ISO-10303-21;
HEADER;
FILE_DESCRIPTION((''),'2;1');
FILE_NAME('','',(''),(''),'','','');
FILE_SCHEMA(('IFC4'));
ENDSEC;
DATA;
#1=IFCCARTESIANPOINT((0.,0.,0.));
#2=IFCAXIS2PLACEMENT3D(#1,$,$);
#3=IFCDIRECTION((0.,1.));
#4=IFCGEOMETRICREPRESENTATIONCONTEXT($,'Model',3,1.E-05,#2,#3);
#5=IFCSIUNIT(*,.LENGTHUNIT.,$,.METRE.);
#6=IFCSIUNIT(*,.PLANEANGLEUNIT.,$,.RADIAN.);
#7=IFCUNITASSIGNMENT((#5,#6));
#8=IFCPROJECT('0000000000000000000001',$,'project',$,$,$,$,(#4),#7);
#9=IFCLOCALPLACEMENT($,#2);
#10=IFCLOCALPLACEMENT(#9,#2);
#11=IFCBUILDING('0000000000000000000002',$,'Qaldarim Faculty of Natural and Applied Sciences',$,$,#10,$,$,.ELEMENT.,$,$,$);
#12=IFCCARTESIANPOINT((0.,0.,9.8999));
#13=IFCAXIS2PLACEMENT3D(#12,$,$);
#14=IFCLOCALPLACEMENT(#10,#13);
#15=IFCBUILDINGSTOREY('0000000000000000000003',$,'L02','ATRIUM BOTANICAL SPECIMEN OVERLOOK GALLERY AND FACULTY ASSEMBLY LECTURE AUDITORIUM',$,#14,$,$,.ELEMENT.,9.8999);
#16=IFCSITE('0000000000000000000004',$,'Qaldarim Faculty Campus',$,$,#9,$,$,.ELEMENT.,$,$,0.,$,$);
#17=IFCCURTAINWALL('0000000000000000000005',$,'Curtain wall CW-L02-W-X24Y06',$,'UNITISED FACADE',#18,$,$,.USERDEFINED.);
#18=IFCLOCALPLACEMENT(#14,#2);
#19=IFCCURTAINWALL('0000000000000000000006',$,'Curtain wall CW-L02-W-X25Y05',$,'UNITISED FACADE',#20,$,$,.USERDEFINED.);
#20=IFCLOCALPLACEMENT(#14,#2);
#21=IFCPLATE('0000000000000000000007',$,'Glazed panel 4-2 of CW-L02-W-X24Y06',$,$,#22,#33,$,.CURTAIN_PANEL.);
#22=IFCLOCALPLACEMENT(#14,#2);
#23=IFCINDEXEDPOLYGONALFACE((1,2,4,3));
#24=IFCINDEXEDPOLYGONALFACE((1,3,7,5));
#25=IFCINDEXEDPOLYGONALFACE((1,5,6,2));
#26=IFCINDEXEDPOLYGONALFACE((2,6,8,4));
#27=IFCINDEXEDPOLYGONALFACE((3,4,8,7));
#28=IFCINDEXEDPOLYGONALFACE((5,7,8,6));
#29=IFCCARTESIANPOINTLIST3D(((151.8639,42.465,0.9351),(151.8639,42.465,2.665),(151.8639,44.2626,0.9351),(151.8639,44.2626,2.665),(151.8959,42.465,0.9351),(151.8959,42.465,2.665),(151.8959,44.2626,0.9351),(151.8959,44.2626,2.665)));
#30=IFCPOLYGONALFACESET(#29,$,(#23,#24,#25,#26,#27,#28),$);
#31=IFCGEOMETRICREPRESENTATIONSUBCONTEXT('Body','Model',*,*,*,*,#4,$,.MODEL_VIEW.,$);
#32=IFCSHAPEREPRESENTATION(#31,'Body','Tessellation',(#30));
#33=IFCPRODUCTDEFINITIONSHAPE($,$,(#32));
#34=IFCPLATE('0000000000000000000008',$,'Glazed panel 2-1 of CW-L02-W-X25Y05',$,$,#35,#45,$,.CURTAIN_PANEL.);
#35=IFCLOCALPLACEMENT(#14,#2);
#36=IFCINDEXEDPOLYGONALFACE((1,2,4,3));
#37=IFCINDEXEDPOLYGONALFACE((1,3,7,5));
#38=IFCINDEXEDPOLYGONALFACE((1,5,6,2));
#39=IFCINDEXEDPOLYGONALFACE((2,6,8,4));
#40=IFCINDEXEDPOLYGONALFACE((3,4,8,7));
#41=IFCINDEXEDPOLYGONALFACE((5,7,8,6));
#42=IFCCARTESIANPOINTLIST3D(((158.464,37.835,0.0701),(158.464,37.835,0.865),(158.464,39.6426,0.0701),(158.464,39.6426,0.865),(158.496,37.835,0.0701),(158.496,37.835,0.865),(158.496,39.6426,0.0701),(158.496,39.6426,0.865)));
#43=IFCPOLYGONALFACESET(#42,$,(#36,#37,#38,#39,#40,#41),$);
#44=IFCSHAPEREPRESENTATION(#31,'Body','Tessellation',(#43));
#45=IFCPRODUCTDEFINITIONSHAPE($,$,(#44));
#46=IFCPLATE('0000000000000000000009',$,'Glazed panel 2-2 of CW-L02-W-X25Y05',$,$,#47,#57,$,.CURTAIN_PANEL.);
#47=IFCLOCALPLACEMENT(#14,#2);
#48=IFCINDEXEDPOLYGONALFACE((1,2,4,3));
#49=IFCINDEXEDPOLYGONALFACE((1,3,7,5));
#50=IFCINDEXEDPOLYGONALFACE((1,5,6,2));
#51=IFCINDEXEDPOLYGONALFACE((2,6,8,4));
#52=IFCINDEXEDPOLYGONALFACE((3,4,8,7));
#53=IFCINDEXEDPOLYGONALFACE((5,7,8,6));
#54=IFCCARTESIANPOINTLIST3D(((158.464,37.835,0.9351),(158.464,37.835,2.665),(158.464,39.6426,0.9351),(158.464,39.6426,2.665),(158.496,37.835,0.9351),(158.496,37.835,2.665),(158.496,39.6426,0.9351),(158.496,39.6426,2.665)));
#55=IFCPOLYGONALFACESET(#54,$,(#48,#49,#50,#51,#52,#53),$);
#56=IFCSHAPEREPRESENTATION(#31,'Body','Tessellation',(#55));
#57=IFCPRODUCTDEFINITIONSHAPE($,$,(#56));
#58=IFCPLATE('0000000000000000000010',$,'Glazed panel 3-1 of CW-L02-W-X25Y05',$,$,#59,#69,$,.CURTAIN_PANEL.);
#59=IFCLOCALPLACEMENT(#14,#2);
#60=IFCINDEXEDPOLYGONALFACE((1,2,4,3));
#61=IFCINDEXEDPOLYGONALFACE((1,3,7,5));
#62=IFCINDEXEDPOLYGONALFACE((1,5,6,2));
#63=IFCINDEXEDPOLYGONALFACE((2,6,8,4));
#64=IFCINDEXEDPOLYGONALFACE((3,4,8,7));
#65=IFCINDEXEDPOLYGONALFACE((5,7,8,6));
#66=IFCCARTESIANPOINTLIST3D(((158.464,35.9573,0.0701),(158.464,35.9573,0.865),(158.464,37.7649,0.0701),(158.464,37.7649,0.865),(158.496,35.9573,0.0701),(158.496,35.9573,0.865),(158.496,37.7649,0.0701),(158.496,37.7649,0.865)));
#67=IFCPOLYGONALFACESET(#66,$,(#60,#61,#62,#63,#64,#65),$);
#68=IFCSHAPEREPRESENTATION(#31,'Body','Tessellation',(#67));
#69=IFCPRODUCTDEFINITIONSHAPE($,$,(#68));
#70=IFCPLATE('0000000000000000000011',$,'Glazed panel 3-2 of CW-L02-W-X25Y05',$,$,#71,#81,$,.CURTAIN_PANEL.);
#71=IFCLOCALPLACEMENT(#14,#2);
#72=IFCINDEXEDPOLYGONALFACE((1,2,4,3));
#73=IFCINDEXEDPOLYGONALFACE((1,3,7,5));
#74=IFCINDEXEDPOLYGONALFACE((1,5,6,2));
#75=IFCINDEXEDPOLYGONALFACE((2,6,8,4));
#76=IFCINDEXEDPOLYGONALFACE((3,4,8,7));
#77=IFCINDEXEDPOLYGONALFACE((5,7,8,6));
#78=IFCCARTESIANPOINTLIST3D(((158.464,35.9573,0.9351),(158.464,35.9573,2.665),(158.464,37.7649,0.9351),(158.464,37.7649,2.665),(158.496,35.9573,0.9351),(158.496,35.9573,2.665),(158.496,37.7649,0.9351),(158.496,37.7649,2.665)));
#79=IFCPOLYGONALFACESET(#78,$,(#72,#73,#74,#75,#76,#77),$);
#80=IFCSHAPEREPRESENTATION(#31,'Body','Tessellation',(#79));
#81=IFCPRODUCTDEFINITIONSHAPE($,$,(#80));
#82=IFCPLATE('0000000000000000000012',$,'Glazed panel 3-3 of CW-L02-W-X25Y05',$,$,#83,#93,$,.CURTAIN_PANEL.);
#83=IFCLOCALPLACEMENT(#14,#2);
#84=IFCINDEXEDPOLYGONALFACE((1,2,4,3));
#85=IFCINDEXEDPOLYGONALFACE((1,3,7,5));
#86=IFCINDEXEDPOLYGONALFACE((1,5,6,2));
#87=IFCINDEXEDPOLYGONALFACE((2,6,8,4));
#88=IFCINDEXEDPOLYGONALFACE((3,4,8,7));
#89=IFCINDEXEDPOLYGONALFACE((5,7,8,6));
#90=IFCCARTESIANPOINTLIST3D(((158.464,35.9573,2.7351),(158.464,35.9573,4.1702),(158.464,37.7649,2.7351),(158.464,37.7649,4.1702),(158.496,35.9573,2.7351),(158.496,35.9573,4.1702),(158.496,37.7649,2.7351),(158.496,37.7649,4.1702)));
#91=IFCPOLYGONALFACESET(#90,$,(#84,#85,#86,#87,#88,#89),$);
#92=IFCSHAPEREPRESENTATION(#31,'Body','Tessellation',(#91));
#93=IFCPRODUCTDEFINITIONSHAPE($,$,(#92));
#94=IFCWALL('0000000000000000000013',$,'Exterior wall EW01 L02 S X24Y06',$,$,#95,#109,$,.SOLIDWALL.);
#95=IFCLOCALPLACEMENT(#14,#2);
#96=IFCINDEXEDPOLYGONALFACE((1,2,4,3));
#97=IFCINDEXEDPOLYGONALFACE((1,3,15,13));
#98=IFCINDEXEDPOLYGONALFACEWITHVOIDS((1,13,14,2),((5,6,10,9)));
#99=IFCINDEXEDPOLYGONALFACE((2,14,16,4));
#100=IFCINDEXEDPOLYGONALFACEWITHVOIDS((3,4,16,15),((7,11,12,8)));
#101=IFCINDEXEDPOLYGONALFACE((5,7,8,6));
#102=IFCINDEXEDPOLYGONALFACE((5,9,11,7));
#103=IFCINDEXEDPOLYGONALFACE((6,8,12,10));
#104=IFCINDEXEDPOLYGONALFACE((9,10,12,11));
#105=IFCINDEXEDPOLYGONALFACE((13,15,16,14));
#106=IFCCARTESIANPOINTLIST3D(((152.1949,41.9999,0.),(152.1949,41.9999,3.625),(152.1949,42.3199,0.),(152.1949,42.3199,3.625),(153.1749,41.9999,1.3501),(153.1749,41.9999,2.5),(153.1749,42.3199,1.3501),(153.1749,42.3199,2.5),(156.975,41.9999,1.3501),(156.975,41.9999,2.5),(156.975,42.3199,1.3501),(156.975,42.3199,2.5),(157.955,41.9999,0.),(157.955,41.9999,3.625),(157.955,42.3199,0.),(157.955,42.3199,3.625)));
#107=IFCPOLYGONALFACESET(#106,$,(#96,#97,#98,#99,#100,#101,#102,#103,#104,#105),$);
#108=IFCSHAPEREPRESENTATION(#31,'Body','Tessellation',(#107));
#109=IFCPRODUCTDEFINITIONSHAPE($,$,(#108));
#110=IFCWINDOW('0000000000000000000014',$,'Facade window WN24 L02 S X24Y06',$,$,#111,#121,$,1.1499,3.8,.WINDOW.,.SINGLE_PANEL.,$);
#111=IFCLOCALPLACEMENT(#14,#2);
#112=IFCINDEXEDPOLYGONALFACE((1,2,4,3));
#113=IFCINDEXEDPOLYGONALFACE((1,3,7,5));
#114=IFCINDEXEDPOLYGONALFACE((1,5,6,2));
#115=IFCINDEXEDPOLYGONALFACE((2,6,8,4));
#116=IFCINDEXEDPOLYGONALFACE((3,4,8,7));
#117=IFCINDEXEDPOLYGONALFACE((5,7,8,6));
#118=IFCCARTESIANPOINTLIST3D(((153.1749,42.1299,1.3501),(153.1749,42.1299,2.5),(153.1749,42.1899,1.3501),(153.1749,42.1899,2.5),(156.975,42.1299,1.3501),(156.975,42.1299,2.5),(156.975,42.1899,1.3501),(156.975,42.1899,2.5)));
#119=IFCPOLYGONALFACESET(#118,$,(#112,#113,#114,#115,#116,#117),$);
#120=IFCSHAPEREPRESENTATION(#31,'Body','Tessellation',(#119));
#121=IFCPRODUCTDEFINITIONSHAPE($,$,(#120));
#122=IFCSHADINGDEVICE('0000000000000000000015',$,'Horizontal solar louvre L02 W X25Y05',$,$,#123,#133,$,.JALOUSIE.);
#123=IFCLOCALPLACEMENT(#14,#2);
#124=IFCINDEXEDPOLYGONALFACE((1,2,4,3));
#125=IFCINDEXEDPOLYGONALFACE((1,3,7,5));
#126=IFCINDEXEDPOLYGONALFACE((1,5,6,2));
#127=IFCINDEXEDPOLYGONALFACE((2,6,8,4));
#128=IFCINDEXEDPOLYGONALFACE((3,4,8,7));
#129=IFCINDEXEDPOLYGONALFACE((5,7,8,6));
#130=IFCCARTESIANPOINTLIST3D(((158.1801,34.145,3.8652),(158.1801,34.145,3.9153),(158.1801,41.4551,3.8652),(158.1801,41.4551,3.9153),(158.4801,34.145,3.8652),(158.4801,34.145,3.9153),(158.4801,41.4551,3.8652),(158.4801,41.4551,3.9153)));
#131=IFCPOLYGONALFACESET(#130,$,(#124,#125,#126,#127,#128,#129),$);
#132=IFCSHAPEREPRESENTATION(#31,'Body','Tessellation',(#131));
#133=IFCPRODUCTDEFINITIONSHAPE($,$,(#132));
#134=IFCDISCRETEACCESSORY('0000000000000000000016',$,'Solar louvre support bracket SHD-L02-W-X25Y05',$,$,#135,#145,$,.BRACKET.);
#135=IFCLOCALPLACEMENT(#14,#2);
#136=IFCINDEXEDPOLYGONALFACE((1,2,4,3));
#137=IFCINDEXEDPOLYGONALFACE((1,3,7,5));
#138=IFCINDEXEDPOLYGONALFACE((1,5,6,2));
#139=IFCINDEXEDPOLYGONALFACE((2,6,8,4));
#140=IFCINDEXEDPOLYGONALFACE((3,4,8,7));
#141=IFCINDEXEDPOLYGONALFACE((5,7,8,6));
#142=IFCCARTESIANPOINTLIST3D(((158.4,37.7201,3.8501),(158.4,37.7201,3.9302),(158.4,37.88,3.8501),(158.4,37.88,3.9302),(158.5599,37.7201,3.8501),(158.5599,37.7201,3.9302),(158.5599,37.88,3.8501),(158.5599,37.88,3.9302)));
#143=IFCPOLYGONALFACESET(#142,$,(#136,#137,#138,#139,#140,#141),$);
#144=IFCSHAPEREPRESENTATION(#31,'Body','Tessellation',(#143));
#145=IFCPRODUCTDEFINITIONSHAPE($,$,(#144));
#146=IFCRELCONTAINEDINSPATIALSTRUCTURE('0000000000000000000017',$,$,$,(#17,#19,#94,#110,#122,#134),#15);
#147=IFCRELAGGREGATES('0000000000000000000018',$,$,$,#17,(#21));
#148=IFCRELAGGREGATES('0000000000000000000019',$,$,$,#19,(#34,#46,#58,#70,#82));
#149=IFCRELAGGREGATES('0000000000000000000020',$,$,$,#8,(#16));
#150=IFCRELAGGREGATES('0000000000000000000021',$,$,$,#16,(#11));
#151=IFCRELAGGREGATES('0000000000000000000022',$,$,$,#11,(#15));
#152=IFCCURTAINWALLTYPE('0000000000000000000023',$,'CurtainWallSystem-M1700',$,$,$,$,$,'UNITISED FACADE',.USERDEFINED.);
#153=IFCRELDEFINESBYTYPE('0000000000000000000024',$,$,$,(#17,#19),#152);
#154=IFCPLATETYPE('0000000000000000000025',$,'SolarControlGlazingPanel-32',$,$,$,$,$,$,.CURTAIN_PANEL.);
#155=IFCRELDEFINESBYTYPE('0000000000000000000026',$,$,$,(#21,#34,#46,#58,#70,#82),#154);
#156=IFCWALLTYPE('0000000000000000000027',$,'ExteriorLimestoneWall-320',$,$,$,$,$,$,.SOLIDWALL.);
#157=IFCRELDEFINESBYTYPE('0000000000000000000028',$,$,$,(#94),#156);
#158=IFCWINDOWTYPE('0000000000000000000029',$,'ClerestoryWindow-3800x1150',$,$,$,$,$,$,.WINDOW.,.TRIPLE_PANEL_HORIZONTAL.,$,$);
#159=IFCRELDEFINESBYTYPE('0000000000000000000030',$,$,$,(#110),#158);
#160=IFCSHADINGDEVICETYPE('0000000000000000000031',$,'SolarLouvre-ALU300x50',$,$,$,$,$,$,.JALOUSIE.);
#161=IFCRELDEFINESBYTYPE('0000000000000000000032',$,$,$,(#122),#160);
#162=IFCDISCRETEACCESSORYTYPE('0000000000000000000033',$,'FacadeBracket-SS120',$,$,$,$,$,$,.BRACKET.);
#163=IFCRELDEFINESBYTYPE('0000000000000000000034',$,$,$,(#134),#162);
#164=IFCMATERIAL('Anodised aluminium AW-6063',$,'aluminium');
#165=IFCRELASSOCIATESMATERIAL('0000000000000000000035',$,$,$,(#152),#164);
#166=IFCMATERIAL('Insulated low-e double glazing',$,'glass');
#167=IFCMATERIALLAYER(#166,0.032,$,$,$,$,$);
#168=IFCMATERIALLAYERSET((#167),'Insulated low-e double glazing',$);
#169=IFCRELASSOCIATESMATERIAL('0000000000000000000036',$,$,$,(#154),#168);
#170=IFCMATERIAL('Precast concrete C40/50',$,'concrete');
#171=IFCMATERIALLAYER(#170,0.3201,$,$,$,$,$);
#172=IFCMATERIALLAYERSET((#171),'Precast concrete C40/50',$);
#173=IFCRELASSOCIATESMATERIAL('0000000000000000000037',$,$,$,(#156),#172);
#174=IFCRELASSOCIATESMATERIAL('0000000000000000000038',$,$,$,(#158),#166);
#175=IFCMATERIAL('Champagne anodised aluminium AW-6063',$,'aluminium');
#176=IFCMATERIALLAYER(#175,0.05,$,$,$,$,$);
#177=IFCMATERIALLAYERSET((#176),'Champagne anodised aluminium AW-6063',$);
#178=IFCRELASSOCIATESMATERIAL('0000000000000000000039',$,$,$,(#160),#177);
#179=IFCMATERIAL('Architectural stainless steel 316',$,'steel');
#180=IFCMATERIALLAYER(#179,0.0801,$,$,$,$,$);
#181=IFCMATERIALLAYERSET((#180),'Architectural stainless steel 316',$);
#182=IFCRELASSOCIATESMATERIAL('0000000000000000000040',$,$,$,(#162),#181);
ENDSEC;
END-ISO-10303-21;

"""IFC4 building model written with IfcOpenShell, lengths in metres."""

from ifc_helpers import new_model, si_unit, direction, frame, frame_2d, origin, origin_2d, place, context, subcontext, project, spatial, rectangle, extrude, material, layer, layer_set, type_object, element, fill, aggregate, save


model = new_model("IFC4")

# Units and contexts
model_context = context("Model", 3, precision=1e-05, world=origin(), true_north=direction((0.0, 1.0)))
body_context = subcontext(model_context, "Body", "Model", "MODEL_VIEW")
ifc_project = project(units=[si_unit("LENGTHUNIT", "METRE"), si_unit("PLANEANGLEUNIT", "RADIAN")], contexts=[model_context])

# Site, building, storey
site_placement = place(None, origin())
site = spatial("IfcSite", under=ifc_project, at=site_placement, Name="Qaldarim Faculty Campus", CompositionType="ELEMENT", RefElevation=0.0)
building_placement = place(site_placement, origin())
building = spatial("IfcBuilding", under=site, at=building_placement, Name="Qaldarim Faculty of Natural and Applied Sciences", CompositionType="ELEMENT")
storey_placement = place(building_placement, frame((0.0, 0.0, 9.8999)))
storey = spatial("IfcBuildingStorey", under=building, at=storey_placement, Name="L02", Description="ATRIUM BOTANICAL SPECIMEN OVERLOOK GALLERY AND FACULTY ASSEMBLY LECTURE AUDITORIUM", CompositionType="ELEMENT", Elevation=9.8999)

# Curtain wall
ifc_material_1 = material(Name="Anodised aluminium AW-6063", Category="aluminium")
curtain_wall_type = type_object("IfcCurtainWallType", Name="CurtainWallSystem-M1700", ElementType="UNITISED FACADE", PredefinedType="USERDEFINED", material=ifc_material_1)
curtain_wall_1_placement = place(storey_placement, origin())
curtain_wall_1 = element("IfcCurtainWall", 1, at=curtain_wall_1_placement, inside=storey, type_object=curtain_wall_type, Name="Curtain wall CW-L02-W-X24Y06", ObjectType="UNITISED FACADE", PredefinedType="USERDEFINED")

# Curtain wall
curtain_wall_2_placement = place(storey_placement, origin())
curtain_wall_2 = element("IfcCurtainWall", 2, at=curtain_wall_2_placement, inside=storey, type_object=curtain_wall_type, Name="Curtain wall CW-L02-W-X25Y05", ObjectType="UNITISED FACADE", PredefinedType="USERDEFINED")

# Shared definitions
ifc_material_2 = material(Name="Precast concrete C40/50", Category="concrete")

# Plates
ifc_material_3 = material(Name="Insulated low-e double glazing", Category="glass")
ifc_layer_1 = layer(ifc_material_3, 0.032)
ifc_layer_set_1 = layer_set([ifc_layer_1], Name="Insulated low-e double glazing")
plate_type = type_object("IfcPlateType", Name="SolarControlGlazingPanel-32", PredefinedType="CURTAIN_PANEL", material=ifc_layer_set_1)
plate_1_placement = place(storey_placement, frame((151.8799, 43.3638, 0.9351), z_axis=(0.0, 0.0, 1.0), x_axis=(0.0, -1.0, 0.0)))
plate_1 = element("IfcPlate", 3, at=plate_1_placement, type_object=plate_type, Name="Glazed panel 4-2 of CW-L02-W-X24Y06", PredefinedType="CURTAIN_PANEL", context=body_context, shape_type="SweptSolid", body=[
    extrude(rectangle(XDim=1.7976, YDim=0.032, at=origin_2d()), origin(), (0.0, 0.0, 1.0), 1.73),
])
aggregate(curtain_wall_1, [plate_1])
plate_2_placement = place(storey_placement, frame((158.48, 38.7388, 0.0701), z_axis=(0.0, 0.0, 1.0), x_axis=(0.0, -1.0, 0.0)))
plate_2 = element("IfcPlate", 4, at=plate_2_placement, type_object=plate_type, Name="Glazed panel 2-1 of CW-L02-W-X25Y05", PredefinedType="CURTAIN_PANEL", context=body_context, shape_type="SweptSolid", body=[
    extrude(rectangle(XDim=1.8076, YDim=0.032, at=origin_2d()), origin(), (0.0, 0.0, 1.0), 0.7949),
])
plate_3_placement = place(storey_placement, frame((158.48, 38.7388, 0.9351), z_axis=(0.0, 0.0, 1.0), x_axis=(0.0, -1.0, 0.0)))
plate_3 = element("IfcPlate", 5, at=plate_3_placement, type_object=plate_type, Name="Glazed panel 2-2 of CW-L02-W-X25Y05", PredefinedType="CURTAIN_PANEL", context=body_context, shape_type="SweptSolid", body=[
    extrude(rectangle(XDim=1.8076, YDim=0.032, at=origin_2d()), origin(), (0.0, 0.0, 1.0), 1.73),
])
plate_4_placement = place(storey_placement, frame((158.48, 36.8611, 0.0701), z_axis=(0.0, 0.0, 1.0), x_axis=(0.0, -1.0, 0.0)))
plate_4 = element("IfcPlate", 6, at=plate_4_placement, type_object=plate_type, Name="Glazed panel 3-1 of CW-L02-W-X25Y05", PredefinedType="CURTAIN_PANEL", context=body_context, shape_type="SweptSolid", body=[
    extrude(rectangle(XDim=1.8076, YDim=0.032, at=origin_2d()), origin(), (0.0, 0.0, 1.0), 0.7949),
])
plate_5_placement = place(storey_placement, frame((158.48, 36.8611, 0.9351), z_axis=(0.0, 0.0, 1.0), x_axis=(0.0, -1.0, 0.0)))
plate_5 = element("IfcPlate", 7, at=plate_5_placement, type_object=plate_type, Name="Glazed panel 3-2 of CW-L02-W-X25Y05", PredefinedType="CURTAIN_PANEL", context=body_context, shape_type="SweptSolid", body=[
    extrude(rectangle(XDim=1.8076, YDim=0.032, at=origin_2d()), origin(), (0.0, 0.0, 1.0), 1.73),
])
plate_6_placement = place(storey_placement, frame((158.48, 36.8611, 2.7351), z_axis=(0.0, 0.0, 1.0), x_axis=(0.0, -1.0, 0.0)))
plate_6 = element("IfcPlate", 8, at=plate_6_placement, type_object=plate_type, Name="Glazed panel 3-3 of CW-L02-W-X25Y05", PredefinedType="CURTAIN_PANEL", context=body_context, shape_type="SweptSolid", body=[
    extrude(rectangle(XDim=1.8076, YDim=0.032, at=origin_2d()), origin(), (0.0, 0.0, 1.0), 1.4351),
])
aggregate(curtain_wall_2, [plate_2, plate_3, plate_4, plate_5, plate_6])

# Wall, opening, window
ifc_layer_2 = layer(ifc_material_2, 0.3201)
ifc_layer_set_2 = layer_set([ifc_layer_2], Name="Precast concrete C40/50")
wall_type = type_object("IfcWallType", Name="ExteriorLimestoneWall-320", PredefinedType="SOLIDWALL", material=ifc_layer_set_2)
wall_placement = place(storey_placement, frame((152.1951, 42.1599, 0.0), z_axis=(0.0, 0.0, 1.0), x_axis=(1.0, 0.0, 0.0)))
wall = element("IfcWall", 9, at=wall_placement, inside=storey, type_object=wall_type, Name="Exterior wall EW01 L02 S X24Y06", PredefinedType="SOLIDWALL", context=body_context, shape_type="SweptSolid", body=[
    extrude(rectangle(XDim=5.76, YDim=0.3201, at=frame_2d((2.8799, 0.0))), origin(), (0.0, 0.0, 1.0), 3.625),
])
opening_placement = place(wall_placement, frame((0.98, 0.0, 1.3501)))
opening = element("IfcOpeningElement", 10, at=opening_placement, cuts=wall, PredefinedType="OPENING", context=body_context, shape_type="SweptSolid", body=[
    extrude(rectangle(XDim=3.8, YDim=1.1499, at=frame_2d((1.8999, 0.575))), frame((0.0, 0.1699, 0.0), z_axis=(0.0, -1.0, 0.0), x_axis=(1.0, 0.0, 0.0)), (0.0, 0.0, 1.0), 0.3401),
])
window_type = type_object("IfcWindowType", Name="ClerestoryWindow-3800x1150", PartitioningType="TRIPLE_PANEL_HORIZONTAL", PredefinedType="WINDOW", material=ifc_material_3)
window_placement = place(opening_placement, origin())
window = element("IfcWindow", 11, at=window_placement, inside=storey, type_object=window_type, Name="Facade window WN24 L02 S X24Y06", OverallHeight=1.1499, OverallWidth=3.8, PartitioningType="SINGLE_PANEL", PredefinedType="WINDOW", context=body_context, shape_type="SweptSolid", body=[
    extrude(rectangle(XDim=3.8, YDim=1.1499, at=frame_2d((1.8999, 0.575))), frame((0.0, 0.03, 0.0), z_axis=(0.0, -1.0, 0.0), x_axis=(1.0, 0.0, 0.0)), (0.0, 0.0, 1.0), 0.0601),
])
fill(opening, window)

# Shading device
ifc_material_4 = material(Name="Champagne anodised aluminium AW-6063", Category="aluminium")
ifc_layer_3 = layer(ifc_material_4, 0.05)
ifc_layer_set_3 = layer_set([ifc_layer_3], Name="Champagne anodised aluminium AW-6063")
shading_device_type = type_object("IfcShadingDeviceType", Name="SolarLouvre-ALU300x50", PredefinedType="JALOUSIE", material=ifc_layer_set_3)
shading_device_placement = place(storey_placement, frame((158.3301, 37.8, 3.8652), z_axis=(0.0, 0.0, 1.0), x_axis=(0.0, 1.0, 0.0)))
element("IfcShadingDevice", 12, at=shading_device_placement, inside=storey, type_object=shading_device_type, Name="Horizontal solar louvre L02 W X25Y05", PredefinedType="JALOUSIE", context=body_context, shape_type="SweptSolid", body=[
    extrude(rectangle(XDim=7.3101, YDim=0.3, at=origin_2d()), origin(), (0.0, 0.0, 1.0), 0.05),
])

# Discrete accessory
ifc_material_5 = material(Name="Architectural stainless steel 316", Category="steel")
ifc_layer_4 = layer(ifc_material_5, 0.0801)
ifc_layer_set_4 = layer_set([ifc_layer_4], Name="Architectural stainless steel 316")
discrete_accessory_type = type_object("IfcDiscreteAccessoryType", Name="FacadeBracket-SS120", PredefinedType="BRACKET", material=ifc_layer_set_4)
discrete_accessory_placement = place(storey_placement, frame((158.48, 37.8, 3.8501), z_axis=(0.0, 0.0, 1.0), x_axis=(0.0, 1.0, 0.0)))
element("IfcDiscreteAccessory", 13, at=discrete_accessory_placement, inside=storey, type_object=discrete_accessory_type, Name="Solar louvre support bracket SHD-L02-W-X25Y05", PredefinedType="BRACKET", context=body_context, shape_type="SweptSolid", body=[
    extrude(rectangle(XDim=0.1599, YDim=0.1599, at=origin_2d()), origin(), (0.0, 0.0, 1.0), 0.0801),
])

save(model, "model.ifc")
